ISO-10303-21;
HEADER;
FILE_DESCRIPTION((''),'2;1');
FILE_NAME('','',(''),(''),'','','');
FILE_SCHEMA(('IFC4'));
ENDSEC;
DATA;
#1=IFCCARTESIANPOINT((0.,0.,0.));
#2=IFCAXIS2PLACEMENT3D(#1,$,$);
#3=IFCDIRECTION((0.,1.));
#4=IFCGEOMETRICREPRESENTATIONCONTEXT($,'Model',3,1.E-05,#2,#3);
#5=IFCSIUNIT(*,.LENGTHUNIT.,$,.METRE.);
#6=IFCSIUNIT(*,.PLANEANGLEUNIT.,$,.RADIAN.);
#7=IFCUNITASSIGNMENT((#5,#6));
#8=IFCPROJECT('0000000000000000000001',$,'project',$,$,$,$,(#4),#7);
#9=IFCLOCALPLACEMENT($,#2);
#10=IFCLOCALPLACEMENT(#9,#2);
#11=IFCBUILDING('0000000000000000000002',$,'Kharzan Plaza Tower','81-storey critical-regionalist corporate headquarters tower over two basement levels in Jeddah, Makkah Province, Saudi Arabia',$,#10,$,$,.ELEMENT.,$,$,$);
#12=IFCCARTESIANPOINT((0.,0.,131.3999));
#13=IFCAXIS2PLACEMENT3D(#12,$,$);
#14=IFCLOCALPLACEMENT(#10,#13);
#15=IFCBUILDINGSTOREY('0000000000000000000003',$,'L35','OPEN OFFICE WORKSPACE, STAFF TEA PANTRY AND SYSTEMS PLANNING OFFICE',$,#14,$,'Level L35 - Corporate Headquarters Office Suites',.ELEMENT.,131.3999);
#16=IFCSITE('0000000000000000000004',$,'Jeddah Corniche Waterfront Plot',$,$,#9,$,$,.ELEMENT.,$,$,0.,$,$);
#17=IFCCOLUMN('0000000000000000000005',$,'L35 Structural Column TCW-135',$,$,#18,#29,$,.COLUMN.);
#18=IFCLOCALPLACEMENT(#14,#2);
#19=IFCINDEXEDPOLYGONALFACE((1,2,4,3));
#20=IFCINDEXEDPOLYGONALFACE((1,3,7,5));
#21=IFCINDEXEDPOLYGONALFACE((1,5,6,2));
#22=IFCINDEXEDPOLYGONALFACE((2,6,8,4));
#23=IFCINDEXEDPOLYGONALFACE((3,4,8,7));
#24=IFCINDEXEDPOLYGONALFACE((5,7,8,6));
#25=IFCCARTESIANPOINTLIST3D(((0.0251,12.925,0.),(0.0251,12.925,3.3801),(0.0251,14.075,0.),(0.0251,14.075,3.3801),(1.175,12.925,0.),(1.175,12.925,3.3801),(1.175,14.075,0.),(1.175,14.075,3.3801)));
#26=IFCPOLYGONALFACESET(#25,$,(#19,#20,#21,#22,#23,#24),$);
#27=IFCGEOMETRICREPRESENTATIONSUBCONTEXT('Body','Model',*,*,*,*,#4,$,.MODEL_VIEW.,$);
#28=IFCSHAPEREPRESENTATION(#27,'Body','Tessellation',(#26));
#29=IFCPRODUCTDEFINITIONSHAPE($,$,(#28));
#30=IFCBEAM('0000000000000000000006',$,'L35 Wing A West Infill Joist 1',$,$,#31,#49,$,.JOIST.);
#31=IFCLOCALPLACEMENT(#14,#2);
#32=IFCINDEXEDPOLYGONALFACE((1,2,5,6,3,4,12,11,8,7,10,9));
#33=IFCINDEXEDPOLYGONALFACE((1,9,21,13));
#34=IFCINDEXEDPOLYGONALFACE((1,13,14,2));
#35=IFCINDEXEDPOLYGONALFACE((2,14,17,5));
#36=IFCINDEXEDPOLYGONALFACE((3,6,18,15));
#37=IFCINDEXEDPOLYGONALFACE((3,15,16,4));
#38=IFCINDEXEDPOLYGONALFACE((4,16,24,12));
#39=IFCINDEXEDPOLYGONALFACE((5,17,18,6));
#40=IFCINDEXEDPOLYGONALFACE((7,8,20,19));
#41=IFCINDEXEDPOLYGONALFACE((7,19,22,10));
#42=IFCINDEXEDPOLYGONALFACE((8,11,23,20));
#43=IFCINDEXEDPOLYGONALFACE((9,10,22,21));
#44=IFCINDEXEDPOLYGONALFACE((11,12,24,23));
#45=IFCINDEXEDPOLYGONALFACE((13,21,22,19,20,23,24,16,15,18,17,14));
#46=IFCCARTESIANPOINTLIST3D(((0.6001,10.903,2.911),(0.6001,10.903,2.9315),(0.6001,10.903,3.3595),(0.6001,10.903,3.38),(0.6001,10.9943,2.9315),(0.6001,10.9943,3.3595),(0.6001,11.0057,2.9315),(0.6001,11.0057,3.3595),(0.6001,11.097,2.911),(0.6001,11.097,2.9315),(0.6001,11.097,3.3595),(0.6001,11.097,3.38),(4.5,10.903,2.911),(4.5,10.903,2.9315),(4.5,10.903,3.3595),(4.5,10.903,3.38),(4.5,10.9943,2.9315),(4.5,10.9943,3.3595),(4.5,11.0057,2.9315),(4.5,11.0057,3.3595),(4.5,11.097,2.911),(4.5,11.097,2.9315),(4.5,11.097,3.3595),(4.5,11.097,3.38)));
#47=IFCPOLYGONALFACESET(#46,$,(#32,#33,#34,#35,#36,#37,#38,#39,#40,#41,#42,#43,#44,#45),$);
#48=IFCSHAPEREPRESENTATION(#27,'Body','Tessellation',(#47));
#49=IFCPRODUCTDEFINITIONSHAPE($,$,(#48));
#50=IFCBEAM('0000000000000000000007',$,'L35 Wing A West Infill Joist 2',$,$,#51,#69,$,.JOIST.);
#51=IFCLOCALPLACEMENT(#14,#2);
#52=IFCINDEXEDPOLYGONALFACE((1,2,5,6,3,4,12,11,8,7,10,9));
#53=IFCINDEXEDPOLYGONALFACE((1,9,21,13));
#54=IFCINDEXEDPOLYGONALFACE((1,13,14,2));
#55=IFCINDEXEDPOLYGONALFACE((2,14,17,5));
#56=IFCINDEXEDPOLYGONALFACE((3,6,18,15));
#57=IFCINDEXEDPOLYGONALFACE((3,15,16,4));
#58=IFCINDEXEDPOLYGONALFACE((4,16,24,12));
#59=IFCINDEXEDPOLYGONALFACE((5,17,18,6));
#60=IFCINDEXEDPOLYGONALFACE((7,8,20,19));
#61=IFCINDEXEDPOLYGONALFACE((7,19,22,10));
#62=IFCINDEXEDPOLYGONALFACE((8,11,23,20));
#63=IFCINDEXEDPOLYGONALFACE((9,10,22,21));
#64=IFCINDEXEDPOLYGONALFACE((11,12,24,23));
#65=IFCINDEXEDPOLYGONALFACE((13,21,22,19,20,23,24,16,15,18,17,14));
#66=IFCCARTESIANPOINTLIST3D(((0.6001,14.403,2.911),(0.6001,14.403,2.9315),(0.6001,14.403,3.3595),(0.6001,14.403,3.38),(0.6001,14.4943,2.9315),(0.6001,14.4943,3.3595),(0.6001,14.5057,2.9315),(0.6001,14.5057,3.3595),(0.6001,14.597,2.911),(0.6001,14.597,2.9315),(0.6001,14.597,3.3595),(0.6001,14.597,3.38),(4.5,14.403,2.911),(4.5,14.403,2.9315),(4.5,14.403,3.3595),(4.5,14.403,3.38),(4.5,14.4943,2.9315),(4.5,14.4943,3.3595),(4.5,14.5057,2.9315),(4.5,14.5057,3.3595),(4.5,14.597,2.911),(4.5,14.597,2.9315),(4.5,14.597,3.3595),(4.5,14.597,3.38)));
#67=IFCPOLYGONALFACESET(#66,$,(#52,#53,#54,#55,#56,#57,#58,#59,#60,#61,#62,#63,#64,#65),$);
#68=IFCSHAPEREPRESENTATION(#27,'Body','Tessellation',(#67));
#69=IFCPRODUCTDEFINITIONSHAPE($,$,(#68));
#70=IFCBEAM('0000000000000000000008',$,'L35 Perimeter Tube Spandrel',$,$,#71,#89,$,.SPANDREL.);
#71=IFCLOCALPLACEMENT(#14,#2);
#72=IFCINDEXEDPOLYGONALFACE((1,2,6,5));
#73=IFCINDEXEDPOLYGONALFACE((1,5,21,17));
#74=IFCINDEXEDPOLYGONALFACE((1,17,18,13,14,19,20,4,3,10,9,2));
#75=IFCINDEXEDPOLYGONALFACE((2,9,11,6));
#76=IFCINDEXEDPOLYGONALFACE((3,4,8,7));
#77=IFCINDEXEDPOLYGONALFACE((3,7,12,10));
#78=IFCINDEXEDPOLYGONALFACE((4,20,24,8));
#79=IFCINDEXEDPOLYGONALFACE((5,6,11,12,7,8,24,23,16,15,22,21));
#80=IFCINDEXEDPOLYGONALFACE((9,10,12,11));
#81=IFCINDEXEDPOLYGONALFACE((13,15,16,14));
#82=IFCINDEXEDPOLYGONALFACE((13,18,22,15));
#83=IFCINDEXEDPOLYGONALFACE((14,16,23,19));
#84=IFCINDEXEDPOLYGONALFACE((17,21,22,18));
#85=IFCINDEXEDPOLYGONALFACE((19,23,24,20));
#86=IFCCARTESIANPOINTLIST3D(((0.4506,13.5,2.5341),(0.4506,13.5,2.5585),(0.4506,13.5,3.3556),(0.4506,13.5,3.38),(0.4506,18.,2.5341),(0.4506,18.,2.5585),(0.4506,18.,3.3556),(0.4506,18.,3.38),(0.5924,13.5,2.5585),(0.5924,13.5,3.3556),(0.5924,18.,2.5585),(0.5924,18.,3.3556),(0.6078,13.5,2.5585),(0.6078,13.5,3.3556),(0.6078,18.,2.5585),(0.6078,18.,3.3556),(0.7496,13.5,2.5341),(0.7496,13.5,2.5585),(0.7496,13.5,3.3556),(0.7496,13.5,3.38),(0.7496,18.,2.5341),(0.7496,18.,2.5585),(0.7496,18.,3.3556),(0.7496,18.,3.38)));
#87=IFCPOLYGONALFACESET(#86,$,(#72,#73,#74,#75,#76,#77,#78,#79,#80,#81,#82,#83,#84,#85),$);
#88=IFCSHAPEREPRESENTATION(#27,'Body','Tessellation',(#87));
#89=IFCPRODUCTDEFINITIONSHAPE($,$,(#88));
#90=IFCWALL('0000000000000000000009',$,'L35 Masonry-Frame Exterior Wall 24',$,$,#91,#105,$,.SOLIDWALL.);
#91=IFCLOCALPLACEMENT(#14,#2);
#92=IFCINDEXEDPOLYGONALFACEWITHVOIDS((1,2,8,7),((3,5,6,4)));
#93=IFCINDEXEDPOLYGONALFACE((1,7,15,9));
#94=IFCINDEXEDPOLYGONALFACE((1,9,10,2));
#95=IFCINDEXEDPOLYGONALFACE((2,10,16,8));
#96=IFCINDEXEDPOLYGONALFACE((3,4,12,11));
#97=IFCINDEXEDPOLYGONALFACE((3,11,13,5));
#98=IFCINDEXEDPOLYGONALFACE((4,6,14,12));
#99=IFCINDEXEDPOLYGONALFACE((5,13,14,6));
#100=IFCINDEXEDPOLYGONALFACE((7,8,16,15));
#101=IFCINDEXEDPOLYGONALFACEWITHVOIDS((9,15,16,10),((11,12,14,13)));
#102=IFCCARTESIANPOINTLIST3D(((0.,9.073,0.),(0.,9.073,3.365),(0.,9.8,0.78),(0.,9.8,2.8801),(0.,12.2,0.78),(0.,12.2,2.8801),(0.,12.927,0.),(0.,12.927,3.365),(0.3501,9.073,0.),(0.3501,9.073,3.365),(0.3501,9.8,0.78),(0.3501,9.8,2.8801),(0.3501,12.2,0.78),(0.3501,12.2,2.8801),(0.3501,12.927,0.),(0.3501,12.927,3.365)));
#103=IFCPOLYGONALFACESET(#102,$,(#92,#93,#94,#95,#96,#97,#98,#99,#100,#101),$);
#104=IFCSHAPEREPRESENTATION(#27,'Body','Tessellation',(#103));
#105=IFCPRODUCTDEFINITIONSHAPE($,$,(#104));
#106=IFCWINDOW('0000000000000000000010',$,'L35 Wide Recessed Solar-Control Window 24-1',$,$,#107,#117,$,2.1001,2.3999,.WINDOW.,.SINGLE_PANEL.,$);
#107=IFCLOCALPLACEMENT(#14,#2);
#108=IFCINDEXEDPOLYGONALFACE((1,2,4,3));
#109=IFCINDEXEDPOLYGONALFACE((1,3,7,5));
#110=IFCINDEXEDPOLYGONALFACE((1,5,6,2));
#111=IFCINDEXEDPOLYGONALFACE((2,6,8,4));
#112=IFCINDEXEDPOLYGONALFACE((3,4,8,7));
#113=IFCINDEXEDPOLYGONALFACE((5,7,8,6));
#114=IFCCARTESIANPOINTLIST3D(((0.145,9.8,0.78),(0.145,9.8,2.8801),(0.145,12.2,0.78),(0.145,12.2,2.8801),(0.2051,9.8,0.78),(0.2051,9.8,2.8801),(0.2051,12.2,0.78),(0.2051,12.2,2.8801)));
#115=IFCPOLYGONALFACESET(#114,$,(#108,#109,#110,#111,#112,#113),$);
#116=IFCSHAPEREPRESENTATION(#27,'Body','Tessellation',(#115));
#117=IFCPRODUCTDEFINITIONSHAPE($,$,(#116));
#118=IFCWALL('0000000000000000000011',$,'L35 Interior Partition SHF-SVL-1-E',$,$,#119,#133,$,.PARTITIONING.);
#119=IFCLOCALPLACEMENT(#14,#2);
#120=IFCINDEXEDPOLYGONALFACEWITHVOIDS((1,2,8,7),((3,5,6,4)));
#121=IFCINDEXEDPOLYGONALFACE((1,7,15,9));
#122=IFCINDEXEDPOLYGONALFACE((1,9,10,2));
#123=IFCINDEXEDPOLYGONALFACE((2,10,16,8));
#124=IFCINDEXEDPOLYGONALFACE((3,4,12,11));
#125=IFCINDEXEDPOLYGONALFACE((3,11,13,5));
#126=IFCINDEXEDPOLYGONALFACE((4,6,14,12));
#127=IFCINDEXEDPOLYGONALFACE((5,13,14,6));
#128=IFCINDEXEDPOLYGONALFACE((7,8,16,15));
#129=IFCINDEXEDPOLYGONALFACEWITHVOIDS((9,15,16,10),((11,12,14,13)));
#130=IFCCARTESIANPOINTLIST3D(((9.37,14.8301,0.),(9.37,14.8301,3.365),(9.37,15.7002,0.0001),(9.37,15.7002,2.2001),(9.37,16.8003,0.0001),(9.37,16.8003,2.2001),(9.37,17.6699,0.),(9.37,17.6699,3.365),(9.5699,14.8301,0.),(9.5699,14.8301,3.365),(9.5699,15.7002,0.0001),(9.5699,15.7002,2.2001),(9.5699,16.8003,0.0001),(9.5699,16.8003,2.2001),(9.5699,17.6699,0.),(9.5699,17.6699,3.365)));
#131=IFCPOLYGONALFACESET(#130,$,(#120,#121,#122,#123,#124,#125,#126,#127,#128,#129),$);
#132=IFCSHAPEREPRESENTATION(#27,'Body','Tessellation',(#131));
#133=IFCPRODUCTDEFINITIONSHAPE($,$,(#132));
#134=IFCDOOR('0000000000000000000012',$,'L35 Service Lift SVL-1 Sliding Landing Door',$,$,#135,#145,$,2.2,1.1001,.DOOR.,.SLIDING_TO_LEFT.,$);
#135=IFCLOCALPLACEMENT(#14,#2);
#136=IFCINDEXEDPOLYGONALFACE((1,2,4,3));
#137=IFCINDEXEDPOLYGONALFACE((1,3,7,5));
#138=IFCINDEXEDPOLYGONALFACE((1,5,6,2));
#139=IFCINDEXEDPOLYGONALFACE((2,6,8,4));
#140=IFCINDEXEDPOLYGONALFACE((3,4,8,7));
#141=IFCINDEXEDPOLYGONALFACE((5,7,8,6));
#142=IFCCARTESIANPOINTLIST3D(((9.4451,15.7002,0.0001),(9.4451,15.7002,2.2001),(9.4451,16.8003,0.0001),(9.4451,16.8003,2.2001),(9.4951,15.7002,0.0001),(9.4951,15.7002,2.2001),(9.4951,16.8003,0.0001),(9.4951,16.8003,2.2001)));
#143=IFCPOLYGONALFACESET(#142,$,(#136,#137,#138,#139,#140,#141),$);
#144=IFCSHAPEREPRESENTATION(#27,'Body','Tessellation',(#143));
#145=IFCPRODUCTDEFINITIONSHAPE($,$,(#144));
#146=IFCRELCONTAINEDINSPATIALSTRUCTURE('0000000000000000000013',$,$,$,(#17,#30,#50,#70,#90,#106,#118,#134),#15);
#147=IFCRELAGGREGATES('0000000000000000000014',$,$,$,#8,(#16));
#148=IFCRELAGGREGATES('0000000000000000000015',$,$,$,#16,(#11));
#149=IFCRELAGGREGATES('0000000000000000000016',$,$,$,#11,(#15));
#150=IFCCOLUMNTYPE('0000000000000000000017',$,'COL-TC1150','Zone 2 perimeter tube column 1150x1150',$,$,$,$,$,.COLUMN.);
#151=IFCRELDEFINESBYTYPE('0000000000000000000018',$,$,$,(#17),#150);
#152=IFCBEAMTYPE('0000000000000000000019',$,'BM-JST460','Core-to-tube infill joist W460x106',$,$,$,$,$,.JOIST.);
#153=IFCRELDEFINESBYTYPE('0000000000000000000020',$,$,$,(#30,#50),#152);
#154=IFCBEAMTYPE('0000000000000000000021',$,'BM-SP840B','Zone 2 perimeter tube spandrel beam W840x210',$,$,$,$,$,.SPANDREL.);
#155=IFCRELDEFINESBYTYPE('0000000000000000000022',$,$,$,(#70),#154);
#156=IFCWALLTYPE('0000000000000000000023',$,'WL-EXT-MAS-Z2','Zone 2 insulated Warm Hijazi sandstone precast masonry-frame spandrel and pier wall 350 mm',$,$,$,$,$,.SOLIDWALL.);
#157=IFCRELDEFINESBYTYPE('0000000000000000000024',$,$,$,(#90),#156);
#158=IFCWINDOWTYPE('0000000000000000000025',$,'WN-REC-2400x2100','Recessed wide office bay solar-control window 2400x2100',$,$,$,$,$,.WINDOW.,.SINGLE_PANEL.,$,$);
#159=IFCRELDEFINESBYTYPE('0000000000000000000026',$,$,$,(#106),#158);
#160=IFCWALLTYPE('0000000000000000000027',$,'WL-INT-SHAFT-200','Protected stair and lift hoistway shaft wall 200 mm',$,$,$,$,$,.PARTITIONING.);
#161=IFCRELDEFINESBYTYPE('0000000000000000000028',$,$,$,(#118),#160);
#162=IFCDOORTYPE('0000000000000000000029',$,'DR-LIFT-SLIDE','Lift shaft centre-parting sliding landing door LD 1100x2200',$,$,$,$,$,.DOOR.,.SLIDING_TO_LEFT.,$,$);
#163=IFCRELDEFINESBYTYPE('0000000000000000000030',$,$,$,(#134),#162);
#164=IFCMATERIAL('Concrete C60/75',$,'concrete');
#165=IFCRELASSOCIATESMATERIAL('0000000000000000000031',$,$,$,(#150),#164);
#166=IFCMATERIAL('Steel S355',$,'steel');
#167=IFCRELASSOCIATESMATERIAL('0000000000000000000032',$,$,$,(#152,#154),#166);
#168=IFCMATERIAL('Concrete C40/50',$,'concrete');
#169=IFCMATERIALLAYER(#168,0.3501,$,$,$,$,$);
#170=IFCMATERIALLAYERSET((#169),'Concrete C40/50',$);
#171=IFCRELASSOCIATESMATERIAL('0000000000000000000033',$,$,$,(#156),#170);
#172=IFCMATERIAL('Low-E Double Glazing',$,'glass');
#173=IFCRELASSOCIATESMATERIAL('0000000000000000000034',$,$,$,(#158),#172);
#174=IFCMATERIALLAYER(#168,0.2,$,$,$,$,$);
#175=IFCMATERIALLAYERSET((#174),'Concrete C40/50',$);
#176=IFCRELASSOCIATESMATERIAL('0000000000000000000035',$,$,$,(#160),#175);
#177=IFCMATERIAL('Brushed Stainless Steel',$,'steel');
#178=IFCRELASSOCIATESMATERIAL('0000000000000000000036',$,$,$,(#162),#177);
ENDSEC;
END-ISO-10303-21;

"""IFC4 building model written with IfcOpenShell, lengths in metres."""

from ifc_helpers import new_model, si_unit, direction, frame, frame_2d, origin, origin_2d, place, context, subcontext, project, spatial, rectangle, i_section, extrude, source, transform, mapped, material, layer, layer_set, material_profile, profile_set, type_object, element, fill, save


model = new_model("IFC4")

# Units and contexts
model_context = context("Model", 3, precision=1e-05, world=origin(), true_north=direction((0.0, 1.0)))
body_context = subcontext(model_context, "Body", "Model", "MODEL_VIEW")
ifc_project = project(units=[si_unit("LENGTHUNIT", "METRE"), si_unit("PLANEANGLEUNIT", "RADIAN")], contexts=[model_context])

# Site, building, storey
site_placement = place(None, origin())
site = spatial("IfcSite", under=ifc_project, at=site_placement, Name="Jeddah Corniche Waterfront Plot", CompositionType="ELEMENT", RefElevation=0.0)
building_placement = place(site_placement, origin())
building = spatial("IfcBuilding", under=site, at=building_placement, Name="Kharzan Plaza Tower", Description="81-storey critical-regionalist corporate headquarters tower over two basement levels in Jeddah, Makkah Province, Saudi Arabia", CompositionType="ELEMENT")
storey_placement = place(building_placement, frame((0.0, 0.0, 131.3999)))
storey = spatial("IfcBuildingStorey", under=building, at=storey_placement, Name="L35", Description="OPEN OFFICE WORKSPACE, STAFF TEA PANTRY AND SYSTEMS PLANNING OFFICE", LongName="Level L35 - Corporate Headquarters Office Suites", CompositionType="ELEMENT", Elevation=131.3999)

# Column
ifc_material_1 = material(Name="Concrete C60/75", Category="concrete")
ifc_material_profile_1 = material_profile(ifc_material_1, rectangle(XDim=1.1499, YDim=1.1499, at=origin_2d()), Name="RC-TC1150x1150")
ifc_profile_set_1 = profile_set([ifc_material_profile_1], Name="Concrete C60/75")
column_type = type_object("IfcColumnType", Name="COL-TC1150", Description="Zone 2 perimeter tube column 1150x1150", PredefinedType="COLUMN", material=ifc_profile_set_1)
shared_shape_1 = source(origin(), body_context, "Body", "SweptSolid", [
    extrude(rectangle(XDim=1.1499, YDim=1.1499, at=origin_2d()), origin(), (0.0, 0.0, 1.0), 3.3801),
])
column_placement = place(storey_placement, frame((0.6001, 13.5, 0.0), z_axis=(0.0, 0.0, 1.0), x_axis=(1.0, 0.0, 0.0)))
element("IfcColumn", 1, at=column_placement, inside=storey, type_object=column_type, Name="L35 Structural Column TCW-135", PredefinedType="COLUMN", context=body_context, shape_type="MappedRepresentation", body=[
    mapped(shared_shape_1, transform((0.0, 0.0, 0.0), x_axis=(1.0, 0.0, 0.0), y_axis=(0.0, 1.0, 0.0), z_axis=(0.0, 0.0, 1.0))),
])

# Beams
ifc_material_2 = material(Name="Steel S355", Category="steel")
ifc_material_profile_2 = material_profile(ifc_material_2, i_section(OverallWidth=0.1941, OverallDepth=0.469, WebThickness=0.0115, FlangeThickness=0.0205, at=origin_2d()), Name="W460x106")
ifc_profile_set_2 = profile_set([ifc_material_profile_2], Name="Steel S355")
beam_type_1 = type_object("IfcBeamType", Name="BM-JST460", Description="Core-to-tube infill joist W460x106", PredefinedType="JOIST", material=ifc_profile_set_2)
shared_shape_2 = source(origin(), body_context, "Body", "SweptSolid", [
    extrude(i_section(OverallWidth=0.1941, OverallDepth=0.469, WebThickness=0.0115, FlangeThickness=0.0205, at=origin_2d()), origin(), (0.0, 0.0, 1.0), 3.8999),
])
for number, where, z_axis, x_axis, name in (
    (2, (0.6001, 11.0, 3.1455), (1.0, 0.0, 0.0), (0.0, 1.0, 0.0), "L35 Wing A West Infill Joist 1"),
    (3, (0.6001, 14.5, 3.1455), (1.0, 0.0, 0.0), (0.0, 1.0, 0.0), "L35 Wing A West Infill Joist 2"),
):
    element("IfcBeam", number, at=place(storey_placement, frame(where, z_axis=z_axis, x_axis=x_axis)), inside=storey, type_object=beam_type_1, Name=name, PredefinedType="JOIST", context=body_context, shape_type="MappedRepresentation", body=[
        mapped(shared_shape_2, transform((0.0, 0.0, 0.0), x_axis=(1.0, 0.0, 0.0), y_axis=(0.0, 1.0, 0.0), z_axis=(0.0, 0.0, 1.0))),
    ])
ifc_material_profile_3 = material_profile(ifc_material_2, i_section(OverallWidth=0.2991, OverallDepth=0.8459, WebThickness=0.0154, FlangeThickness=0.0244, at=origin_2d()), Name="W840x210")
ifc_profile_set_3 = profile_set([ifc_material_profile_3], Name="Steel S355")
beam_type_2 = type_object("IfcBeamType", Name="BM-SP840B", Description="Zone 2 perimeter tube spandrel beam W840x210", PredefinedType="SPANDREL", material=ifc_profile_set_3)
shared_shape_3 = source(origin(), body_context, "Body", "SweptSolid", [
    extrude(i_section(OverallWidth=0.2991, OverallDepth=0.8459, WebThickness=0.0154, FlangeThickness=0.0244, at=origin_2d()), origin(), (0.0, 0.0, 1.0), 4.5),
])
beam_placement = place(storey_placement, frame((0.6001, 13.5, 2.957), z_axis=(0.0, 1.0, 0.0), x_axis=(-1.0, 0.0, 0.0)))
element("IfcBeam", 4, at=beam_placement, inside=storey, type_object=beam_type_2, Name="L35 Perimeter Tube Spandrel", PredefinedType="SPANDREL", context=body_context, shape_type="MappedRepresentation", body=[
    mapped(shared_shape_3, transform((0.0, 0.0, 0.0), x_axis=(1.0, 0.0, 0.0), y_axis=(0.0, 1.0, 0.0), z_axis=(0.0, 0.0, 1.0))),
])

# Wall, opening, window
ifc_material_3 = material(Name="Concrete C40/50", Category="concrete")
ifc_layer_1 = layer(ifc_material_3, 0.3501)
ifc_layer_set_1 = layer_set([ifc_layer_1], Name="Concrete C40/50")
wall_type_1 = type_object("IfcWallType", Name="WL-EXT-MAS-Z2", Description="Zone 2 insulated Warm Hijazi sandstone precast masonry-frame spandrel and pier wall 350 mm", PredefinedType="SOLIDWALL", material=ifc_layer_set_1)
wall_1_placement = place(storey_placement, frame((0.175, 12.927, 0.0), z_axis=(0.0, 0.0, 1.0), x_axis=(0.0, -1.0, 0.0)))
wall_1 = element("IfcWall", 5, at=wall_1_placement, inside=storey, type_object=wall_type_1, Name="L35 Masonry-Frame Exterior Wall 24", PredefinedType="SOLIDWALL", context=body_context, shape_type="SweptSolid", body=[
    extrude(rectangle(XDim=3.854, YDim=0.3501, at=frame_2d((1.927, 0.0))), origin(), (0.0, 0.0, 1.0), 3.365),
])
opening_1_placement = place(wall_1_placement, frame((0.7271, 0.0, 0.78)))
opening_1 = element("IfcOpeningElement", 6, at=opening_1_placement, cuts=wall_1, PredefinedType="OPENING", context=body_context, shape_type="SweptSolid", body=[
    extrude(rectangle(XDim=2.3999, YDim=2.1001, at=frame_2d((1.2, 1.05))), frame((0.0, 0.1851, 0.0), z_axis=(0.0, -1.0, 0.0), x_axis=(1.0, 0.0, 0.0)), (0.0, 0.0, 1.0), 0.3701),
])
ifc_material_4 = material(Name="Low-E Double Glazing", Category="glass")
window_type = type_object("IfcWindowType", Name="WN-REC-2400x2100", Description="Recessed wide office bay solar-control window 2400x2100", PartitioningType="SINGLE_PANEL", PredefinedType="WINDOW", material=ifc_material_4)
shared_shape_4 = source(origin(), body_context, "Body", "SweptSolid", [
    extrude(rectangle(XDim=2.3999, YDim=2.1001, at=frame_2d((1.2, 1.05))), frame((0.0, 0.03, 0.0), z_axis=(0.0, -1.0, 0.0), x_axis=(1.0, 0.0, 0.0)), (0.0, 0.0, 1.0), 0.0601),
])
window_placement = place(opening_1_placement, origin())
window = element("IfcWindow", 7, at=window_placement, inside=storey, type_object=window_type, Name="L35 Wide Recessed Solar-Control Window 24-1", OverallHeight=2.1001, OverallWidth=2.3999, PartitioningType="SINGLE_PANEL", PredefinedType="WINDOW", context=body_context, shape_type="MappedRepresentation", body=[
    mapped(shared_shape_4, transform((0.0, 0.0, 0.0), x_axis=(1.0, 0.0, 0.0), y_axis=(0.0, 1.0, 0.0), z_axis=(0.0, 0.0, 1.0))),
])
fill(opening_1, window)

# Wall, opening, door
ifc_layer_2 = layer(ifc_material_3, 0.2)
ifc_layer_set_2 = layer_set([ifc_layer_2], Name="Concrete C40/50")
wall_type_2 = type_object("IfcWallType", Name="WL-INT-SHAFT-200", Description="Protected stair and lift hoistway shaft wall 200 mm", PredefinedType="PARTITIONING", material=ifc_layer_set_2)
wall_2_placement = place(storey_placement, frame((9.47, 14.8301, 0.0), z_axis=(0.0, 0.0, 1.0), x_axis=(0.0, 1.0, 0.0)))
wall_2 = element("IfcWall", 8, at=wall_2_placement, inside=storey, type_object=wall_type_2, Name="L35 Interior Partition SHF-SVL-1-E", PredefinedType="PARTITIONING", context=body_context, shape_type="SweptSolid", body=[
    extrude(rectangle(XDim=2.8398, YDim=0.2, at=frame_2d((1.4199, 0.0))), origin(), (0.0, 0.0, 1.0), 3.365),
])
opening_2_placement = place(wall_2_placement, frame((0.8701, 0.0, 0.0)))
opening_2 = element("IfcOpeningElement", 9, at=opening_2_placement, cuts=wall_2, PredefinedType="OPENING", context=body_context, shape_type="SweptSolid", body=[
    extrude(rectangle(XDim=1.1001, YDim=2.2, at=frame_2d((0.55, 1.1001))), frame((0.0, 0.1099, 0.0), z_axis=(0.0, -1.0, 0.0), x_axis=(1.0, 0.0, 0.0)), (0.0, 0.0, 1.0), 0.22),
])
ifc_material_5 = material(Name="Brushed Stainless Steel", Category="steel")
door_type_1 = type_object("IfcDoorType", Name="DR-LIFT-SLIDE", Description="Lift shaft centre-parting sliding landing door LD 1100x2200", OperationType="SLIDING_TO_LEFT", PredefinedType="DOOR", material=ifc_material_5)
shared_shape_5 = source(origin(), body_context, "Body", "SweptSolid", [
    extrude(rectangle(XDim=1.1001, YDim=2.2, at=frame_2d((0.55, 1.1001))), frame((0.0, 0.0249, 0.0), z_axis=(0.0, -1.0, 0.0), x_axis=(1.0, 0.0, 0.0)), (0.0, 0.0, 1.0), 0.05),
])
door_1_placement = place(opening_2_placement, origin())
door_1 = element("IfcDoor", 10, at=door_1_placement, inside=storey, type_object=door_type_1, Name="L35 Service Lift SVL-1 Sliding Landing Door", OperationType="SLIDING_TO_LEFT", OverallHeight=2.2, OverallWidth=1.1001, PredefinedType="DOOR", context=body_context, shape_type="MappedRepresentation", body=[
    mapped(shared_shape_5, transform((0.0, 0.0, 0.0), x_axis=(1.0, 0.0, 0.0), y_axis=(0.0, 1.0, 0.0), z_axis=(0.0, 0.0, 1.0))),
])
fill(opening_2, door_1)

save(model, "model.ifc")
